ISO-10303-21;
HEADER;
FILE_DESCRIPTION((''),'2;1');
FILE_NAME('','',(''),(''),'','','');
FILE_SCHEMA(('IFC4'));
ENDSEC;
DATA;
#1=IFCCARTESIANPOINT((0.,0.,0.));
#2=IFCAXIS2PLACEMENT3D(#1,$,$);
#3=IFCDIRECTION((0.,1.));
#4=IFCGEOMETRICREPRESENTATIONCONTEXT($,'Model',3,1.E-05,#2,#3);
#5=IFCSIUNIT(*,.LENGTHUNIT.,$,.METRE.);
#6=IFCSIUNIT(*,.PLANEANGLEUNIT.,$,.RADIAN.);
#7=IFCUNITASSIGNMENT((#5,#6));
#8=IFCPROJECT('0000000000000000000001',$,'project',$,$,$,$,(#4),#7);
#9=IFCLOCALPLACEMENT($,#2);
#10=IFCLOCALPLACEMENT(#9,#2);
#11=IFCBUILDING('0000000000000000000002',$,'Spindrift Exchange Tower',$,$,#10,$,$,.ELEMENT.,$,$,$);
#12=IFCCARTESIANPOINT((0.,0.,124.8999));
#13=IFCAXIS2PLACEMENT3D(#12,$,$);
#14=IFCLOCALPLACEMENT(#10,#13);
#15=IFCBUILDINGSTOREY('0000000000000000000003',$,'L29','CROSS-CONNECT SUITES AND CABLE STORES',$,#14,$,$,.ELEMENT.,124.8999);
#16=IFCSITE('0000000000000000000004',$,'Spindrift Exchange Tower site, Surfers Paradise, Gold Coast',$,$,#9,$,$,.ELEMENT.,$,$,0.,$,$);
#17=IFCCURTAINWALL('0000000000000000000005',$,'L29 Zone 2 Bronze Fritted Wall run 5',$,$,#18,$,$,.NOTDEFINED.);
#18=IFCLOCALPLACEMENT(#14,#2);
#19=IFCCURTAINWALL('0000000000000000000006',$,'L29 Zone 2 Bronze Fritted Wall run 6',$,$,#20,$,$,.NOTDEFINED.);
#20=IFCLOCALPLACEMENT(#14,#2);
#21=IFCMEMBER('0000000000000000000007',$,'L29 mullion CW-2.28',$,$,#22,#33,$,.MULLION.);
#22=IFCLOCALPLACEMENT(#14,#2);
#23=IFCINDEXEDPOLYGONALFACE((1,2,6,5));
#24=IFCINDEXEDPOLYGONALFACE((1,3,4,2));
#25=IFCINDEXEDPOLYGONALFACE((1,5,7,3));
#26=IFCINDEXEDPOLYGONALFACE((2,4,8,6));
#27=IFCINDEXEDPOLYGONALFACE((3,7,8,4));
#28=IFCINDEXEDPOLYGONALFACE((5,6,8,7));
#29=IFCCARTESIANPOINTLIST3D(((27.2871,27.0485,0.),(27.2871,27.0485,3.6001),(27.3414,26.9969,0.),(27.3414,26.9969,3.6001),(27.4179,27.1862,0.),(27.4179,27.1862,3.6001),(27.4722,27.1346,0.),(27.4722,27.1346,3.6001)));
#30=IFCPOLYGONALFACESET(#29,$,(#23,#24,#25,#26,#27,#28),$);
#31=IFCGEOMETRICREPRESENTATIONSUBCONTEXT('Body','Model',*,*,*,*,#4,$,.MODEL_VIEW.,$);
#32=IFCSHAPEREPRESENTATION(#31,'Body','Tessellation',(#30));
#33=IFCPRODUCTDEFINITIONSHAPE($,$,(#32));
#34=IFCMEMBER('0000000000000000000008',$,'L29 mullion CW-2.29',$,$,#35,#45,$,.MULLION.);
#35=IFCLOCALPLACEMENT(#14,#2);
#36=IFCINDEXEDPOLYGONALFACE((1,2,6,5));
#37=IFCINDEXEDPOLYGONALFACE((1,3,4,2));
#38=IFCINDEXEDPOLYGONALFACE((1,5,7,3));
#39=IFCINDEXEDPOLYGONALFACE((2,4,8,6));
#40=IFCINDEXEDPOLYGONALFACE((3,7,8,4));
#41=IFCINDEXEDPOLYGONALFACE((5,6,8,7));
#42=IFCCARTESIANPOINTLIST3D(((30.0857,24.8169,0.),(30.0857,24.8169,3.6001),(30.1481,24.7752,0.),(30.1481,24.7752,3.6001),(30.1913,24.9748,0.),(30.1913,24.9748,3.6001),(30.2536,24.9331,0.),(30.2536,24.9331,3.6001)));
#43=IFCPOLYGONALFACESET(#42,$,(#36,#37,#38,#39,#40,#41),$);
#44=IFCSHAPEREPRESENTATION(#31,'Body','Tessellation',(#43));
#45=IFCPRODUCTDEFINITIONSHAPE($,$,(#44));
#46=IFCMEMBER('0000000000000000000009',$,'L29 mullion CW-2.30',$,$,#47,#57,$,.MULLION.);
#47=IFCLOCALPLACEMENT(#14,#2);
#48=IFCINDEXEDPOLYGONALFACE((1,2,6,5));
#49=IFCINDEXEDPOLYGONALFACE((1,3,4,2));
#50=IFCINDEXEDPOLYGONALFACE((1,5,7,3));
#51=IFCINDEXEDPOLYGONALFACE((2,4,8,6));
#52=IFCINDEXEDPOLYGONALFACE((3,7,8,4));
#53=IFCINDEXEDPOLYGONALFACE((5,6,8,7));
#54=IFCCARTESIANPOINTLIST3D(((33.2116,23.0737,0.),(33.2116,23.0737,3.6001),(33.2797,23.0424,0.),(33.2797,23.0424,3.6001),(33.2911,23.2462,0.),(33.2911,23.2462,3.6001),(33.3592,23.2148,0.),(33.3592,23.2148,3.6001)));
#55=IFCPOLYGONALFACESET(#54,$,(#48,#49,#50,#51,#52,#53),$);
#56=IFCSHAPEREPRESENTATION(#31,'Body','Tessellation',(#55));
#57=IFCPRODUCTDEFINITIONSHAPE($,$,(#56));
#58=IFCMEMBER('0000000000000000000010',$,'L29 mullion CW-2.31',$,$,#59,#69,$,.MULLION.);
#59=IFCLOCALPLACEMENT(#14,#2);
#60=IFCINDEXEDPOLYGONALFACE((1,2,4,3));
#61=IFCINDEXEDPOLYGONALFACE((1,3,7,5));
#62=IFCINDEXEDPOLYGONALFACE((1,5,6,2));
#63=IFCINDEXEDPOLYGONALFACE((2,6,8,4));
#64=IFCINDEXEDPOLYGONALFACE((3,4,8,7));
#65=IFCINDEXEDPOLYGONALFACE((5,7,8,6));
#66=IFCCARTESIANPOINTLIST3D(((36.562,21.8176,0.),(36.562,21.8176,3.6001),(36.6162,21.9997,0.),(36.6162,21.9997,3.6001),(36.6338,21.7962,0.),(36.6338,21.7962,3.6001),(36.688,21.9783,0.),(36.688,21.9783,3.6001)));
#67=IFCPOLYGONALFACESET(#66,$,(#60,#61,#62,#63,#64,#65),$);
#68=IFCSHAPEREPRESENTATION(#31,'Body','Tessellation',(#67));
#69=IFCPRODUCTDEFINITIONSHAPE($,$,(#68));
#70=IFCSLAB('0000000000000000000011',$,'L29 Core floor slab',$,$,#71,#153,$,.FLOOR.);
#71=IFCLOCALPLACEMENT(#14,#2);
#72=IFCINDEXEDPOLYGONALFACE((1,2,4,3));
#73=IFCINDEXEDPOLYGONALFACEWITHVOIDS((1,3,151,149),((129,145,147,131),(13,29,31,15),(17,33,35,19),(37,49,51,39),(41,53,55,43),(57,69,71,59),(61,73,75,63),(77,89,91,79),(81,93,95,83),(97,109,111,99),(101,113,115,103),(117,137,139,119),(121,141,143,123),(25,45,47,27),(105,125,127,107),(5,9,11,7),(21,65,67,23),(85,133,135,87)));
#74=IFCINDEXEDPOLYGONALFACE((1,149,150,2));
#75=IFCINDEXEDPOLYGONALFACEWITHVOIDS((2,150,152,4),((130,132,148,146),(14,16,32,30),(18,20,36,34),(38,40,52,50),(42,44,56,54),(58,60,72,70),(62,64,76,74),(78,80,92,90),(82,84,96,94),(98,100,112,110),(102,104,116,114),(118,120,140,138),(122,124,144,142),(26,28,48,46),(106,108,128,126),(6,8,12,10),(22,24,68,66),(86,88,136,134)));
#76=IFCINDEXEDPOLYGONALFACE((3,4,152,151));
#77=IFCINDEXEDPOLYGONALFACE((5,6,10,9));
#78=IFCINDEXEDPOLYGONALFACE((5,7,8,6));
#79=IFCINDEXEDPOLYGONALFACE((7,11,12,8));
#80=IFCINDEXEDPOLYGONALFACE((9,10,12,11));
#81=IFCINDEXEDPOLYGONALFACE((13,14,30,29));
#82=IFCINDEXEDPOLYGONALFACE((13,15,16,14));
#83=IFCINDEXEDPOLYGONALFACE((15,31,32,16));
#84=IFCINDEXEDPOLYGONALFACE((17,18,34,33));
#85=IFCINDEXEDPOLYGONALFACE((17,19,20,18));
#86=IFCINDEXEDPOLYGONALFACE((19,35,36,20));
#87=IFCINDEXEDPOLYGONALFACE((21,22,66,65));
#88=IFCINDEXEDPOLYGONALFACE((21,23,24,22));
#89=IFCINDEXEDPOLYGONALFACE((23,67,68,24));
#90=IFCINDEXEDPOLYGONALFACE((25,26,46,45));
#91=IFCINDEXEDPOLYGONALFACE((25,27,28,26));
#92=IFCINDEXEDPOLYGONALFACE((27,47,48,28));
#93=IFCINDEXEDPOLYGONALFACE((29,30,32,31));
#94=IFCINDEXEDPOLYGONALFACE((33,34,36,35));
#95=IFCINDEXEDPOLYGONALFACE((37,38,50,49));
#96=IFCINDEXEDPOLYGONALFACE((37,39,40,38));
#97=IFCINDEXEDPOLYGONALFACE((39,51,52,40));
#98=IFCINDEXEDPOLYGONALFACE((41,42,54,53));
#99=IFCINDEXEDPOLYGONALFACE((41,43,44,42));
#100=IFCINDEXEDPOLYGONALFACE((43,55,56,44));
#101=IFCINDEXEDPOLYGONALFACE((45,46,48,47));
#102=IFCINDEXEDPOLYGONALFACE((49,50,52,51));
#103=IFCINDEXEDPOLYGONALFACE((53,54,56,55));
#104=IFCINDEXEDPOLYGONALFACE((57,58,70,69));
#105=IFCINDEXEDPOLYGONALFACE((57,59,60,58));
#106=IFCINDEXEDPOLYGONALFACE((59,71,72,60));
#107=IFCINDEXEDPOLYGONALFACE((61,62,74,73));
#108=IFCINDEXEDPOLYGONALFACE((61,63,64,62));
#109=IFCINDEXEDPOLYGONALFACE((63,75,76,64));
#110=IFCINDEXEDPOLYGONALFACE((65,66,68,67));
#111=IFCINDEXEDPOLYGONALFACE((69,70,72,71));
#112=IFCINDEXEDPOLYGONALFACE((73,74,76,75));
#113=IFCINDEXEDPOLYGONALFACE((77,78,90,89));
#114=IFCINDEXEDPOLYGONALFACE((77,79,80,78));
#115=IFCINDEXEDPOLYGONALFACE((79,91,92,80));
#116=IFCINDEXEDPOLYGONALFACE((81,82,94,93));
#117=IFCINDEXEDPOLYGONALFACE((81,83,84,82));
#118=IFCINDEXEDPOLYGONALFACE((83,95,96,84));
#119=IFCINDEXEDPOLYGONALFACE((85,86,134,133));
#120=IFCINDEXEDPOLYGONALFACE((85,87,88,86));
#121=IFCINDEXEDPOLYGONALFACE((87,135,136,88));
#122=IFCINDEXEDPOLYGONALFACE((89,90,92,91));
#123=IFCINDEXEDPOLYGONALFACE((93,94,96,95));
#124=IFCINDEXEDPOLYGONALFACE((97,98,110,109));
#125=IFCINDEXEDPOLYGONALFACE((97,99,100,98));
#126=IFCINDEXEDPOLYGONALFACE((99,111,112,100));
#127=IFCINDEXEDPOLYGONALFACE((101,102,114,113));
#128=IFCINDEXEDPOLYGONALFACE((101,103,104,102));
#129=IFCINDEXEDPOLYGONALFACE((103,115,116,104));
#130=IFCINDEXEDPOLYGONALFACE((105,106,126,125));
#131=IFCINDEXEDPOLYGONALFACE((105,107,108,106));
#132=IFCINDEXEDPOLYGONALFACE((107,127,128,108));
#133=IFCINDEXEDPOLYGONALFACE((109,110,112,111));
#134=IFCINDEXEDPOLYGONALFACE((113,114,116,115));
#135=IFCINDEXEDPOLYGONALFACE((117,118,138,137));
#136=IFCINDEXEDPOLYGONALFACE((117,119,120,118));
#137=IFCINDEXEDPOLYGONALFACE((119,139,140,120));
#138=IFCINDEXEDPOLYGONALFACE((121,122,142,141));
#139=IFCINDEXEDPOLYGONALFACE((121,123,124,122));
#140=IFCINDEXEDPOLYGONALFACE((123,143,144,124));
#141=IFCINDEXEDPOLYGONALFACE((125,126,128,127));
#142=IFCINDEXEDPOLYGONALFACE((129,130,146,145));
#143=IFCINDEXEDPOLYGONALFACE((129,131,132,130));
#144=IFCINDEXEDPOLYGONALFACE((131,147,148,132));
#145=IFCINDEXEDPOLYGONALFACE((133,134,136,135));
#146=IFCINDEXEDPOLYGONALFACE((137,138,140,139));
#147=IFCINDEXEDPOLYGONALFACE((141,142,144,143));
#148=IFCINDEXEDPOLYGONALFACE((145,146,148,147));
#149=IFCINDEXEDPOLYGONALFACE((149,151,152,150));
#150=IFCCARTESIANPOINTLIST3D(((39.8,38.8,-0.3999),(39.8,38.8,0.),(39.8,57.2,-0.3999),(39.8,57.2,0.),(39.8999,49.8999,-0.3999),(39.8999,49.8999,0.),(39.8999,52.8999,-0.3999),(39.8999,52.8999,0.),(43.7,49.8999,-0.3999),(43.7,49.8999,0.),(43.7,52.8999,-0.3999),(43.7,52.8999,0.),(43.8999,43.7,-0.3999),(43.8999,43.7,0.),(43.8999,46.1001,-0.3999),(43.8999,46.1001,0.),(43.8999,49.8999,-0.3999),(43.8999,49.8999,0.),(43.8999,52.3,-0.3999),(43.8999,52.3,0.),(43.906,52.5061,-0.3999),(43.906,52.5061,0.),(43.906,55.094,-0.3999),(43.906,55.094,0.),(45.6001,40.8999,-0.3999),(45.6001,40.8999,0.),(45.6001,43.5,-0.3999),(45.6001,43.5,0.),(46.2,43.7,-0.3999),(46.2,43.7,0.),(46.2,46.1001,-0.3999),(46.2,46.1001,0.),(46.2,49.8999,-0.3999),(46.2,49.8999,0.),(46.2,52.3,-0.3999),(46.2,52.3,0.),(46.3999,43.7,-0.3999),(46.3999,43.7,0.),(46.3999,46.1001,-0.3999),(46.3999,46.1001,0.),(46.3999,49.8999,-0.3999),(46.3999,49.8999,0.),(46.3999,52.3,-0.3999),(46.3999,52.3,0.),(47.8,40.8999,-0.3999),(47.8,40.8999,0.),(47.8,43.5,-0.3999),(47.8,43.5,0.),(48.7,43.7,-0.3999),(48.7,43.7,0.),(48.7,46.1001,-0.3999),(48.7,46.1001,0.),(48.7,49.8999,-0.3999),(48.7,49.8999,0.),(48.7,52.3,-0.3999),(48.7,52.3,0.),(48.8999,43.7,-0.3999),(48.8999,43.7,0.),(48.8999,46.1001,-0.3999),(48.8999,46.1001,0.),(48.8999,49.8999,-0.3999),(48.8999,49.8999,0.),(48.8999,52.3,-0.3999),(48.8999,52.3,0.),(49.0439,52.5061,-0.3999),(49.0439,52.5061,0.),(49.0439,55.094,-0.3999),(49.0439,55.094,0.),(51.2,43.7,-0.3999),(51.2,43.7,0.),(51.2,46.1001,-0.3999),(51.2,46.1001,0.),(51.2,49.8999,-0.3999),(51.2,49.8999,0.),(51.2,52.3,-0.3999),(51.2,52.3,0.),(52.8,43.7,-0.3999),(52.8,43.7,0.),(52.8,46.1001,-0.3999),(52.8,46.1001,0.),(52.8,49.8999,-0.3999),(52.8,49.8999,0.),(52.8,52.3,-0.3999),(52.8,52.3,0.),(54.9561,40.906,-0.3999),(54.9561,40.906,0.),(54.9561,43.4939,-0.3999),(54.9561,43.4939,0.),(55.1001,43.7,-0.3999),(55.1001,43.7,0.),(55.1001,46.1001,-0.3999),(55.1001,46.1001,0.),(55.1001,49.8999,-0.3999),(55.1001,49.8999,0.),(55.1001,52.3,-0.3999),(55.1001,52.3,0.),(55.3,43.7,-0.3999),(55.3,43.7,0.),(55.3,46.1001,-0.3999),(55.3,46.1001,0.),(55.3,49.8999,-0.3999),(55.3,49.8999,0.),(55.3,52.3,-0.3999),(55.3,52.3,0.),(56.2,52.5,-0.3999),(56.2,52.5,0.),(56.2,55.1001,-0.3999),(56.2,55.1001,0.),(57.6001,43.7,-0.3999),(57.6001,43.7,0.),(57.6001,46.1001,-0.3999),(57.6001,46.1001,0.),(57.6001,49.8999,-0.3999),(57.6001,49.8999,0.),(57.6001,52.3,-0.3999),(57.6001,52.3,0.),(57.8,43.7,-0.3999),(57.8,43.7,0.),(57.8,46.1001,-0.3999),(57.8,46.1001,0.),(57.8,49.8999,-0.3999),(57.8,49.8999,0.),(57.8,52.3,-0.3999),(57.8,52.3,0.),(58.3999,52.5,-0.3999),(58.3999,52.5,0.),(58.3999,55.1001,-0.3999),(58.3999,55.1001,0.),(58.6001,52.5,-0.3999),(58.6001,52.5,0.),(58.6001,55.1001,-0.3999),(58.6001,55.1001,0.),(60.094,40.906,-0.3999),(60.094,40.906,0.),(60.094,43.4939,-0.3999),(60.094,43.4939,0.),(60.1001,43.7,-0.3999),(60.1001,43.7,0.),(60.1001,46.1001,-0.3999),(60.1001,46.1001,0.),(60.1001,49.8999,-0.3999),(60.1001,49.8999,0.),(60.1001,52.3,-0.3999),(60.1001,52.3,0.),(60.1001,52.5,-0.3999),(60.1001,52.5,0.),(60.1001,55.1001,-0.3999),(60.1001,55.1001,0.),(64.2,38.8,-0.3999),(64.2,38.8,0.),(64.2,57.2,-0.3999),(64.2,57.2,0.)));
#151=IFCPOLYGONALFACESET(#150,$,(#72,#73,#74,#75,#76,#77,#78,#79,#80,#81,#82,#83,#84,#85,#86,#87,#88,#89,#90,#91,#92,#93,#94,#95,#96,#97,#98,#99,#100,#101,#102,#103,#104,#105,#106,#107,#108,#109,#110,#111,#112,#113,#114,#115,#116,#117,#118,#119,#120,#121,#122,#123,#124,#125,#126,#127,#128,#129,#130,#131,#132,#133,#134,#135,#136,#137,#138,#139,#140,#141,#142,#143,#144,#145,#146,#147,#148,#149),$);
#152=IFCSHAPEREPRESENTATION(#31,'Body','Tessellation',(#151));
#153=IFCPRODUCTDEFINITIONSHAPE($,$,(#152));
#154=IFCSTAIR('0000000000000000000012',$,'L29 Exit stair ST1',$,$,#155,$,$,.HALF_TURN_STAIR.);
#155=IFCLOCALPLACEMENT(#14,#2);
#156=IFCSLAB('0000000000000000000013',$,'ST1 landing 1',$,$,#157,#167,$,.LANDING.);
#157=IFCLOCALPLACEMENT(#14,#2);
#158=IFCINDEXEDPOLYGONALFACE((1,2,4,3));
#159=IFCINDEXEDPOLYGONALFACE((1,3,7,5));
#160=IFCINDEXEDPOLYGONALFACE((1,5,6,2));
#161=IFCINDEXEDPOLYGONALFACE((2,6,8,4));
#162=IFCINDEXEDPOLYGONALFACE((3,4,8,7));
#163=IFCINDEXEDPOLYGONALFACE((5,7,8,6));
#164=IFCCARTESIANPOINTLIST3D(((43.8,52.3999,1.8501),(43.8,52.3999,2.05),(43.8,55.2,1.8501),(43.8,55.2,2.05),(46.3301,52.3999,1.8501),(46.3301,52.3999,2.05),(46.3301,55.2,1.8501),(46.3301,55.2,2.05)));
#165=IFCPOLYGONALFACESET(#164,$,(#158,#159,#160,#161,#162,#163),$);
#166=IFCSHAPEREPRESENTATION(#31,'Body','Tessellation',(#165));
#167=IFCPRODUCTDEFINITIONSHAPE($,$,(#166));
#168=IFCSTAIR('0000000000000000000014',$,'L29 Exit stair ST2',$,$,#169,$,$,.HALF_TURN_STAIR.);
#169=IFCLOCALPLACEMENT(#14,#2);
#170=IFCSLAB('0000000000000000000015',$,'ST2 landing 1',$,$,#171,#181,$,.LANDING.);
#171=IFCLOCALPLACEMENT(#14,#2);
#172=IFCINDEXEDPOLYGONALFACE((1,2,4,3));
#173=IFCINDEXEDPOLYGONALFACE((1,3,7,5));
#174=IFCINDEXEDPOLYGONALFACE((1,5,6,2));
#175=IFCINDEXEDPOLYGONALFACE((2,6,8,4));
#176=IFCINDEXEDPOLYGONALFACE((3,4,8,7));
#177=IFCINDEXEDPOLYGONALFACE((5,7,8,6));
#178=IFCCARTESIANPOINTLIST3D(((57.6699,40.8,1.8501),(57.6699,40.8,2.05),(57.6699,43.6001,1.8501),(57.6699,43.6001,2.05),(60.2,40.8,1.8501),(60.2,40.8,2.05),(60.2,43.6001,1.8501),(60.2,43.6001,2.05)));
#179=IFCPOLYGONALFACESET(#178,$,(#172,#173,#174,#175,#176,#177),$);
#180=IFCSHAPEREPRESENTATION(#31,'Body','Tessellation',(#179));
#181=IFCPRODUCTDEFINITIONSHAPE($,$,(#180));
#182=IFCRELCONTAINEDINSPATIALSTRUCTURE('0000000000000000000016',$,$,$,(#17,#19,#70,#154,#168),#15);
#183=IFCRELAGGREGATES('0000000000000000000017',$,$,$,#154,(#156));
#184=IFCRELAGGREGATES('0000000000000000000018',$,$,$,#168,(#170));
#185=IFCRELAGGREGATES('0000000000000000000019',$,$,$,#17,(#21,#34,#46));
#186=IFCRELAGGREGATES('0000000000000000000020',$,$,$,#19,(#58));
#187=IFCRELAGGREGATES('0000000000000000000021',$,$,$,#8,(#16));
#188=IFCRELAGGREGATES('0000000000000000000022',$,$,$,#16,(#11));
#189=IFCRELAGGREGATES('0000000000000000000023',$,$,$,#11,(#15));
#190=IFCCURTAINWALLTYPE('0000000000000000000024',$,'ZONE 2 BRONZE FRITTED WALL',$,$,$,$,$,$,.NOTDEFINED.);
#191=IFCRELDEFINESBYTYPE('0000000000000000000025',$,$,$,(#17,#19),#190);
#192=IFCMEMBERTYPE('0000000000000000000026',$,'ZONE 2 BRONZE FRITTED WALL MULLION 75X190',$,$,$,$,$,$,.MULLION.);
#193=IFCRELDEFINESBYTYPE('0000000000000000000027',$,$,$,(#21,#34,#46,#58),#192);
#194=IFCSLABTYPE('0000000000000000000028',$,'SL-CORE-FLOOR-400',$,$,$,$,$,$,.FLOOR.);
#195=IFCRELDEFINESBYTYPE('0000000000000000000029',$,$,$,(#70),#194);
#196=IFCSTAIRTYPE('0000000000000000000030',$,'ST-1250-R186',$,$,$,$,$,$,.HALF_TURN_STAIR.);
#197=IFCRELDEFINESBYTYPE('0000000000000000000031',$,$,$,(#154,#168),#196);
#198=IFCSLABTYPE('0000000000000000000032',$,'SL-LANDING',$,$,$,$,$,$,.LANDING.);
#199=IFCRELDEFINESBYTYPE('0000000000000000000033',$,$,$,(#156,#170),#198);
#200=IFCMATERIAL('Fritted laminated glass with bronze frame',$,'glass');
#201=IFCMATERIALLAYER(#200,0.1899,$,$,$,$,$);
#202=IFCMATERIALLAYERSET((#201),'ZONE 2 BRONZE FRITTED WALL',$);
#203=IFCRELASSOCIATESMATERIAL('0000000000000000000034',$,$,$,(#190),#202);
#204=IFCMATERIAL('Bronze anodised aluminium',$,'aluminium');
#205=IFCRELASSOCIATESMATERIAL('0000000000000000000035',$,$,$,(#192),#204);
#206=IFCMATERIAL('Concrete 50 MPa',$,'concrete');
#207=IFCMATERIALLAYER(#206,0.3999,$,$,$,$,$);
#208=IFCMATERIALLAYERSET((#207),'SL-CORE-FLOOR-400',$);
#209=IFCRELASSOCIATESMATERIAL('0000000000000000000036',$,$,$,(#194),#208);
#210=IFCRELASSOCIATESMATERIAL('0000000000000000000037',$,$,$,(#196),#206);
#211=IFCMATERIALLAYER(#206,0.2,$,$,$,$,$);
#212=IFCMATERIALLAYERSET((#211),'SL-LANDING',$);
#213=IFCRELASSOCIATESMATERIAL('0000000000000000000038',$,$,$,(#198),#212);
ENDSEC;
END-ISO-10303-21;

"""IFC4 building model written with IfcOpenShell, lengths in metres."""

from ifc_helpers import new_model, si_unit, direction, frame, origin, origin_2d, place, context, subcontext, project, spatial, line, indexed_curve, rectangle, outline, extrude, source, transform, mapped, material, layer, layer_set, material_profile, profile_set, type_object, element, aggregate, save


model = new_model("IFC4")

# Units and contexts
model_context = context("Model", 3, precision=1e-05, world=origin(), true_north=direction((0.0, 1.0)))
body_context = subcontext(model_context, "Body", "Model", "MODEL_VIEW")
ifc_project = project(units=[si_unit("LENGTHUNIT", "METRE"), si_unit("PLANEANGLEUNIT", "RADIAN")], contexts=[model_context])

# Site, building, storey
site_placement = place(None, origin())
site = spatial("IfcSite", under=ifc_project, at=site_placement, Name="Spindrift Exchange Tower site, Surfers Paradise, Gold Coast", CompositionType="ELEMENT", RefElevation=0.0)
building_placement = place(site_placement, origin())
building = spatial("IfcBuilding", under=site, at=building_placement, Name="Spindrift Exchange Tower", CompositionType="ELEMENT")
storey_placement = place(building_placement, frame((0.0, 0.0, 124.8999)))
storey = spatial("IfcBuildingStorey", under=building, at=storey_placement, Name="L29", Description="CROSS-CONNECT SUITES AND CABLE STORES", CompositionType="ELEMENT", Elevation=124.8999)

# Curtain wall
ifc_material_1 = material(Name="Fritted laminated glass with bronze frame", Category="glass")
ifc_layer_1 = layer(ifc_material_1, 0.1899)
ifc_layer_set_1 = layer_set([ifc_layer_1], Name="ZONE 2 BRONZE FRITTED WALL")
curtain_wall_type = type_object("IfcCurtainWallType", Name="ZONE 2 BRONZE FRITTED WALL", PredefinedType="NOTDEFINED", material=ifc_layer_set_1)
curtain_wall_1_placement = place(storey_placement, origin())
curtain_wall_1 = element("IfcCurtainWall", 1, at=curtain_wall_1_placement, inside=storey, type_object=curtain_wall_type, Name="L29 Zone 2 Bronze Fritted Wall run 5", PredefinedType="NOTDEFINED")
ifc_material_2 = material(Name="Bronze anodised aluminium", Category="aluminium")

# Curtain wall
curtain_wall_2_placement = place(storey_placement, origin())
curtain_wall_2 = element("IfcCurtainWall", 2, at=curtain_wall_2_placement, inside=storey, type_object=curtain_wall_type, Name="L29 Zone 2 Bronze Fritted Wall run 6", PredefinedType="NOTDEFINED")

# Members
ifc_material_profile_1 = material_profile(ifc_material_2, rectangle(XDim=0.075, YDim=0.1899, at=origin_2d()), Name="ZONE 2 BRONZE FRITTED WALL MULLION 75X190")
ifc_profile_set_1 = profile_set([ifc_material_profile_1], Name="Bronze anodised aluminium")
member_type_1 = type_object("IfcMemberType", Name="ZONE 2 BRONZE FRITTED WALL MULLION 75X190", PredefinedType="MULLION", material=ifc_profile_set_1)
shared_shape_1 = source(origin(), body_context, "Body", "SweptSolid", [
    extrude(rectangle(XDim=0.075, YDim=0.1899, at=origin_2d()), origin(), (0.0, 0.0, 1.0), 3.6001),
])
member_1_placement = place(storey_placement, frame((27.3796, 27.0916, 0.0), z_axis=(0.0, 0.0, 1.0), x_axis=(0.725171, -0.688569, 0.0)))
member_1 = element("IfcMember", 3, at=member_1_placement, type_object=member_type_1, Name="L29 mullion CW-2.28", PredefinedType="MULLION", context=body_context, shape_type="MappedRepresentation", body=[
    mapped(shared_shape_1, transform((0.0, 0.0, 0.0), scale=1.0)),
])
member_2_placement = place(storey_placement, frame((30.1697, 24.875, 0.0), z_axis=(0.0, 0.0, 1.0), x_axis=(0.831378, -0.555707, 0.0)))
member_2 = element("IfcMember", 4, at=member_2_placement, type_object=member_type_1, Name="L29 mullion CW-2.29", PredefinedType="MULLION", context=body_context, shape_type="MappedRepresentation", body=[
    mapped(shared_shape_1, transform((0.0, 0.0, 0.0), scale=1.0)),
])
member_3_placement = place(storey_placement, frame((33.2854, 23.1443, 0.0), z_axis=(0.0, 0.0, 1.0), x_axis=(0.908084, -0.418789, 0.0)))
member_3 = element("IfcMember", 5, at=member_3_placement, type_object=member_type_1, Name="L29 mullion CW-2.30", PredefinedType="MULLION", context=body_context, shape_type="MappedRepresentation", body=[
    mapped(shared_shape_1, transform((0.0, 0.0, 0.0), scale=1.0)),
])
member_4_placement = place(storey_placement, frame((36.625, 21.8979, 0.0), z_axis=(0.0, 0.0, 1.0), x_axis=(0.958436, -0.285307, 0.0)))
member_4 = element("IfcMember", 6, at=member_4_placement, type_object=member_type_1, Name="L29 mullion CW-2.31", PredefinedType="MULLION", context=body_context, shape_type="MappedRepresentation", body=[
    mapped(shared_shape_1, transform((0.0, 0.0, 0.0), scale=1.0)),
])

# Slab
ifc_material_3 = material(Name="Concrete 50 MPa", Category="concrete")
ifc_layer_2 = layer(ifc_material_3, 0.3999)
ifc_layer_set_2 = layer_set([ifc_layer_2], Name="SL-CORE-FLOOR-400")
slab_type_1 = type_object("IfcSlabType", Name="SL-CORE-FLOOR-400", PredefinedType="FLOOR", material=ifc_layer_set_2)
slab_1_placement = place(storey_placement, frame((0.0, 0.0, -0.3999)))
element("IfcSlab", 7, at=slab_1_placement, inside=storey, type_object=slab_type_1, Name="L29 Core floor slab", PredefinedType="FLOOR", context=body_context, shape_type="SweptSolid", body=[
    extrude(outline(indexed_curve([(39.8, 38.8), (39.8, 57.2), (64.2, 57.2), (64.2, 38.8)], segments=[line(1, 2, 3, 4, 1)], self_intersect=False), holes=[indexed_curve([(47.8, 43.5), (45.6001, 43.5), (45.6001, 40.8999), (47.8, 40.8999)], segments=[line(1, 2, 3, 4, 1)], self_intersect=False), indexed_curve([(46.2, 46.1001), (43.8999, 46.1001), (43.8999, 43.7), (46.2, 43.7)], segments=[line(1, 2, 3, 4, 1)], self_intersect=False), indexed_curve([(48.7, 46.1001), (46.3999, 46.1001), (46.3999, 43.7), (48.7, 43.7)], segments=[line(1, 2, 3, 4, 1)], self_intersect=False), indexed_curve([(51.2, 46.1001), (48.8999, 46.1001), (48.8999, 43.7), (51.2, 43.7)], segments=[line(1, 2, 3, 4, 1)], self_intersect=False), indexed_curve([(46.2, 52.3), (43.8999, 52.3), (43.8999, 49.8999), (46.2, 49.8999)], segments=[line(1, 2, 3, 4, 1)], self_intersect=False), indexed_curve([(48.7, 52.3), (46.3999, 52.3), (46.3999, 49.8999), (48.7, 49.8999)], segments=[line(1, 2, 3, 4, 1)], self_intersect=False), indexed_curve([(51.2, 52.3), (48.8999, 52.3), (48.8999, 49.8999), (51.2, 49.8999)], segments=[line(1, 2, 3, 4, 1)], self_intersect=False), indexed_curve([(43.7, 49.8999), (43.7, 52.8999), (39.8999, 52.8999), (39.8999, 49.8999)], segments=[line(1, 2, 3, 4, 1)], self_intersect=False), indexed_curve([(49.0439, 55.094), (43.906, 55.094), (43.906, 52.5061), (49.0439, 52.5061)], segments=[line(1, 2, 3, 4, 1)], self_intersect=False), indexed_curve([(60.094, 40.906), (60.094, 43.4939), (54.9561, 43.4939), (54.9561, 40.906)], segments=[line(1, 2, 3, 4, 1)], self_intersect=False), indexed_curve([(55.1001, 46.1001), (52.8, 46.1001), (52.8, 43.7), (55.1001, 43.7)], segments=[line(1, 2, 3, 4, 1)], self_intersect=False), indexed_curve([(57.6001, 46.1001), (55.3, 46.1001), (55.3, 43.7), (57.6001, 43.7)], segments=[line(1, 2, 3, 4, 1)], self_intersect=False), indexed_curve([(60.1001, 46.1001), (57.8, 46.1001), (57.8, 43.7), (60.1001, 43.7)], segments=[line(1, 2, 3, 4, 1)], self_intersect=False), indexed_curve([(55.1001, 52.3), (52.8, 52.3), (52.8, 49.8999), (55.1001, 49.8999)], segments=[line(1, 2, 3, 4, 1)], self_intersect=False), indexed_curve([(57.6001, 52.3), (55.3, 52.3), (55.3, 49.8999), (57.6001, 49.8999)], segments=[line(1, 2, 3, 4, 1)], self_intersect=False), indexed_curve([(60.1001, 52.3), (57.8, 52.3), (57.8, 49.8999), (60.1001, 49.8999)], segments=[line(1, 2, 3, 4, 1)], self_intersect=False), indexed_curve([(58.3999, 52.5), (58.3999, 55.1001), (56.2, 55.1001), (56.2, 52.5)], segments=[line(1, 2, 3, 4, 1)], self_intersect=False), indexed_curve([(60.1001, 52.5), (60.1001, 55.1001), (58.6001, 55.1001), (58.6001, 52.5)], segments=[line(1, 2, 3, 4, 1)], self_intersect=False)]), origin(), (0.0, 0.0, 1.0), 0.3999),
])

# Stairs, slabs
stair_type = type_object("IfcStairType", Name="ST-1250-R186", PredefinedType="HALF_TURN_STAIR", material=ifc_material_3)
stair_1_placement = place(storey_placement, origin())
stair_1 = element("IfcStair", 8, at=stair_1_placement, inside=storey, type_object=stair_type, Name="L29 Exit stair ST1", PredefinedType="HALF_TURN_STAIR")
ifc_layer_3 = layer(ifc_material_3, 0.2)
ifc_layer_set_3 = layer_set([ifc_layer_3], Name="SL-LANDING")
slab_type_2 = type_object("IfcSlabType", Name="SL-LANDING", PredefinedType="LANDING", material=ifc_layer_set_3)
slab_2_placement = place(storey_placement, frame((0.0, 0.0, 1.8501)))
slab_2 = element("IfcSlab", 9, at=slab_2_placement, type_object=slab_type_2, Name="ST1 landing 1", PredefinedType="LANDING", context=body_context, shape_type="SweptSolid", body=[
    extrude(outline(indexed_curve([(46.3301, 52.3999), (43.8, 52.3999), (43.8, 55.2), (46.3301, 55.2)], segments=[line(1, 2, 3, 4, 1)], self_intersect=False)), origin(), (0.0, 0.0, 1.0), 0.2),
])
aggregate(stair_1, [slab_2])
stair_2_placement = place(storey_placement, origin())
stair_2 = element("IfcStair", 10, at=stair_2_placement, inside=storey, type_object=stair_type, Name="L29 Exit stair ST2", PredefinedType="HALF_TURN_STAIR")
slab_3_placement = place(storey_placement, frame((0.0, 0.0, 1.8501)))
slab_3 = element("IfcSlab", 11, at=slab_3_placement, type_object=slab_type_2, Name="ST2 landing 1", PredefinedType="LANDING", context=body_context, shape_type="SweptSolid", body=[
    extrude(outline(indexed_curve([(57.6699, 43.6001), (60.2, 43.6001), (60.2, 40.8), (57.6699, 40.8)], segments=[line(1, 2, 3, 4, 1)], self_intersect=False)), origin(), (0.0, 0.0, 1.0), 0.2),
])
aggregate(stair_2, [slab_3])

aggregate(curtain_wall_1, [member_1, member_2, member_3])
aggregate(curtain_wall_2, [member_4])

save(model, "model.ifc")
